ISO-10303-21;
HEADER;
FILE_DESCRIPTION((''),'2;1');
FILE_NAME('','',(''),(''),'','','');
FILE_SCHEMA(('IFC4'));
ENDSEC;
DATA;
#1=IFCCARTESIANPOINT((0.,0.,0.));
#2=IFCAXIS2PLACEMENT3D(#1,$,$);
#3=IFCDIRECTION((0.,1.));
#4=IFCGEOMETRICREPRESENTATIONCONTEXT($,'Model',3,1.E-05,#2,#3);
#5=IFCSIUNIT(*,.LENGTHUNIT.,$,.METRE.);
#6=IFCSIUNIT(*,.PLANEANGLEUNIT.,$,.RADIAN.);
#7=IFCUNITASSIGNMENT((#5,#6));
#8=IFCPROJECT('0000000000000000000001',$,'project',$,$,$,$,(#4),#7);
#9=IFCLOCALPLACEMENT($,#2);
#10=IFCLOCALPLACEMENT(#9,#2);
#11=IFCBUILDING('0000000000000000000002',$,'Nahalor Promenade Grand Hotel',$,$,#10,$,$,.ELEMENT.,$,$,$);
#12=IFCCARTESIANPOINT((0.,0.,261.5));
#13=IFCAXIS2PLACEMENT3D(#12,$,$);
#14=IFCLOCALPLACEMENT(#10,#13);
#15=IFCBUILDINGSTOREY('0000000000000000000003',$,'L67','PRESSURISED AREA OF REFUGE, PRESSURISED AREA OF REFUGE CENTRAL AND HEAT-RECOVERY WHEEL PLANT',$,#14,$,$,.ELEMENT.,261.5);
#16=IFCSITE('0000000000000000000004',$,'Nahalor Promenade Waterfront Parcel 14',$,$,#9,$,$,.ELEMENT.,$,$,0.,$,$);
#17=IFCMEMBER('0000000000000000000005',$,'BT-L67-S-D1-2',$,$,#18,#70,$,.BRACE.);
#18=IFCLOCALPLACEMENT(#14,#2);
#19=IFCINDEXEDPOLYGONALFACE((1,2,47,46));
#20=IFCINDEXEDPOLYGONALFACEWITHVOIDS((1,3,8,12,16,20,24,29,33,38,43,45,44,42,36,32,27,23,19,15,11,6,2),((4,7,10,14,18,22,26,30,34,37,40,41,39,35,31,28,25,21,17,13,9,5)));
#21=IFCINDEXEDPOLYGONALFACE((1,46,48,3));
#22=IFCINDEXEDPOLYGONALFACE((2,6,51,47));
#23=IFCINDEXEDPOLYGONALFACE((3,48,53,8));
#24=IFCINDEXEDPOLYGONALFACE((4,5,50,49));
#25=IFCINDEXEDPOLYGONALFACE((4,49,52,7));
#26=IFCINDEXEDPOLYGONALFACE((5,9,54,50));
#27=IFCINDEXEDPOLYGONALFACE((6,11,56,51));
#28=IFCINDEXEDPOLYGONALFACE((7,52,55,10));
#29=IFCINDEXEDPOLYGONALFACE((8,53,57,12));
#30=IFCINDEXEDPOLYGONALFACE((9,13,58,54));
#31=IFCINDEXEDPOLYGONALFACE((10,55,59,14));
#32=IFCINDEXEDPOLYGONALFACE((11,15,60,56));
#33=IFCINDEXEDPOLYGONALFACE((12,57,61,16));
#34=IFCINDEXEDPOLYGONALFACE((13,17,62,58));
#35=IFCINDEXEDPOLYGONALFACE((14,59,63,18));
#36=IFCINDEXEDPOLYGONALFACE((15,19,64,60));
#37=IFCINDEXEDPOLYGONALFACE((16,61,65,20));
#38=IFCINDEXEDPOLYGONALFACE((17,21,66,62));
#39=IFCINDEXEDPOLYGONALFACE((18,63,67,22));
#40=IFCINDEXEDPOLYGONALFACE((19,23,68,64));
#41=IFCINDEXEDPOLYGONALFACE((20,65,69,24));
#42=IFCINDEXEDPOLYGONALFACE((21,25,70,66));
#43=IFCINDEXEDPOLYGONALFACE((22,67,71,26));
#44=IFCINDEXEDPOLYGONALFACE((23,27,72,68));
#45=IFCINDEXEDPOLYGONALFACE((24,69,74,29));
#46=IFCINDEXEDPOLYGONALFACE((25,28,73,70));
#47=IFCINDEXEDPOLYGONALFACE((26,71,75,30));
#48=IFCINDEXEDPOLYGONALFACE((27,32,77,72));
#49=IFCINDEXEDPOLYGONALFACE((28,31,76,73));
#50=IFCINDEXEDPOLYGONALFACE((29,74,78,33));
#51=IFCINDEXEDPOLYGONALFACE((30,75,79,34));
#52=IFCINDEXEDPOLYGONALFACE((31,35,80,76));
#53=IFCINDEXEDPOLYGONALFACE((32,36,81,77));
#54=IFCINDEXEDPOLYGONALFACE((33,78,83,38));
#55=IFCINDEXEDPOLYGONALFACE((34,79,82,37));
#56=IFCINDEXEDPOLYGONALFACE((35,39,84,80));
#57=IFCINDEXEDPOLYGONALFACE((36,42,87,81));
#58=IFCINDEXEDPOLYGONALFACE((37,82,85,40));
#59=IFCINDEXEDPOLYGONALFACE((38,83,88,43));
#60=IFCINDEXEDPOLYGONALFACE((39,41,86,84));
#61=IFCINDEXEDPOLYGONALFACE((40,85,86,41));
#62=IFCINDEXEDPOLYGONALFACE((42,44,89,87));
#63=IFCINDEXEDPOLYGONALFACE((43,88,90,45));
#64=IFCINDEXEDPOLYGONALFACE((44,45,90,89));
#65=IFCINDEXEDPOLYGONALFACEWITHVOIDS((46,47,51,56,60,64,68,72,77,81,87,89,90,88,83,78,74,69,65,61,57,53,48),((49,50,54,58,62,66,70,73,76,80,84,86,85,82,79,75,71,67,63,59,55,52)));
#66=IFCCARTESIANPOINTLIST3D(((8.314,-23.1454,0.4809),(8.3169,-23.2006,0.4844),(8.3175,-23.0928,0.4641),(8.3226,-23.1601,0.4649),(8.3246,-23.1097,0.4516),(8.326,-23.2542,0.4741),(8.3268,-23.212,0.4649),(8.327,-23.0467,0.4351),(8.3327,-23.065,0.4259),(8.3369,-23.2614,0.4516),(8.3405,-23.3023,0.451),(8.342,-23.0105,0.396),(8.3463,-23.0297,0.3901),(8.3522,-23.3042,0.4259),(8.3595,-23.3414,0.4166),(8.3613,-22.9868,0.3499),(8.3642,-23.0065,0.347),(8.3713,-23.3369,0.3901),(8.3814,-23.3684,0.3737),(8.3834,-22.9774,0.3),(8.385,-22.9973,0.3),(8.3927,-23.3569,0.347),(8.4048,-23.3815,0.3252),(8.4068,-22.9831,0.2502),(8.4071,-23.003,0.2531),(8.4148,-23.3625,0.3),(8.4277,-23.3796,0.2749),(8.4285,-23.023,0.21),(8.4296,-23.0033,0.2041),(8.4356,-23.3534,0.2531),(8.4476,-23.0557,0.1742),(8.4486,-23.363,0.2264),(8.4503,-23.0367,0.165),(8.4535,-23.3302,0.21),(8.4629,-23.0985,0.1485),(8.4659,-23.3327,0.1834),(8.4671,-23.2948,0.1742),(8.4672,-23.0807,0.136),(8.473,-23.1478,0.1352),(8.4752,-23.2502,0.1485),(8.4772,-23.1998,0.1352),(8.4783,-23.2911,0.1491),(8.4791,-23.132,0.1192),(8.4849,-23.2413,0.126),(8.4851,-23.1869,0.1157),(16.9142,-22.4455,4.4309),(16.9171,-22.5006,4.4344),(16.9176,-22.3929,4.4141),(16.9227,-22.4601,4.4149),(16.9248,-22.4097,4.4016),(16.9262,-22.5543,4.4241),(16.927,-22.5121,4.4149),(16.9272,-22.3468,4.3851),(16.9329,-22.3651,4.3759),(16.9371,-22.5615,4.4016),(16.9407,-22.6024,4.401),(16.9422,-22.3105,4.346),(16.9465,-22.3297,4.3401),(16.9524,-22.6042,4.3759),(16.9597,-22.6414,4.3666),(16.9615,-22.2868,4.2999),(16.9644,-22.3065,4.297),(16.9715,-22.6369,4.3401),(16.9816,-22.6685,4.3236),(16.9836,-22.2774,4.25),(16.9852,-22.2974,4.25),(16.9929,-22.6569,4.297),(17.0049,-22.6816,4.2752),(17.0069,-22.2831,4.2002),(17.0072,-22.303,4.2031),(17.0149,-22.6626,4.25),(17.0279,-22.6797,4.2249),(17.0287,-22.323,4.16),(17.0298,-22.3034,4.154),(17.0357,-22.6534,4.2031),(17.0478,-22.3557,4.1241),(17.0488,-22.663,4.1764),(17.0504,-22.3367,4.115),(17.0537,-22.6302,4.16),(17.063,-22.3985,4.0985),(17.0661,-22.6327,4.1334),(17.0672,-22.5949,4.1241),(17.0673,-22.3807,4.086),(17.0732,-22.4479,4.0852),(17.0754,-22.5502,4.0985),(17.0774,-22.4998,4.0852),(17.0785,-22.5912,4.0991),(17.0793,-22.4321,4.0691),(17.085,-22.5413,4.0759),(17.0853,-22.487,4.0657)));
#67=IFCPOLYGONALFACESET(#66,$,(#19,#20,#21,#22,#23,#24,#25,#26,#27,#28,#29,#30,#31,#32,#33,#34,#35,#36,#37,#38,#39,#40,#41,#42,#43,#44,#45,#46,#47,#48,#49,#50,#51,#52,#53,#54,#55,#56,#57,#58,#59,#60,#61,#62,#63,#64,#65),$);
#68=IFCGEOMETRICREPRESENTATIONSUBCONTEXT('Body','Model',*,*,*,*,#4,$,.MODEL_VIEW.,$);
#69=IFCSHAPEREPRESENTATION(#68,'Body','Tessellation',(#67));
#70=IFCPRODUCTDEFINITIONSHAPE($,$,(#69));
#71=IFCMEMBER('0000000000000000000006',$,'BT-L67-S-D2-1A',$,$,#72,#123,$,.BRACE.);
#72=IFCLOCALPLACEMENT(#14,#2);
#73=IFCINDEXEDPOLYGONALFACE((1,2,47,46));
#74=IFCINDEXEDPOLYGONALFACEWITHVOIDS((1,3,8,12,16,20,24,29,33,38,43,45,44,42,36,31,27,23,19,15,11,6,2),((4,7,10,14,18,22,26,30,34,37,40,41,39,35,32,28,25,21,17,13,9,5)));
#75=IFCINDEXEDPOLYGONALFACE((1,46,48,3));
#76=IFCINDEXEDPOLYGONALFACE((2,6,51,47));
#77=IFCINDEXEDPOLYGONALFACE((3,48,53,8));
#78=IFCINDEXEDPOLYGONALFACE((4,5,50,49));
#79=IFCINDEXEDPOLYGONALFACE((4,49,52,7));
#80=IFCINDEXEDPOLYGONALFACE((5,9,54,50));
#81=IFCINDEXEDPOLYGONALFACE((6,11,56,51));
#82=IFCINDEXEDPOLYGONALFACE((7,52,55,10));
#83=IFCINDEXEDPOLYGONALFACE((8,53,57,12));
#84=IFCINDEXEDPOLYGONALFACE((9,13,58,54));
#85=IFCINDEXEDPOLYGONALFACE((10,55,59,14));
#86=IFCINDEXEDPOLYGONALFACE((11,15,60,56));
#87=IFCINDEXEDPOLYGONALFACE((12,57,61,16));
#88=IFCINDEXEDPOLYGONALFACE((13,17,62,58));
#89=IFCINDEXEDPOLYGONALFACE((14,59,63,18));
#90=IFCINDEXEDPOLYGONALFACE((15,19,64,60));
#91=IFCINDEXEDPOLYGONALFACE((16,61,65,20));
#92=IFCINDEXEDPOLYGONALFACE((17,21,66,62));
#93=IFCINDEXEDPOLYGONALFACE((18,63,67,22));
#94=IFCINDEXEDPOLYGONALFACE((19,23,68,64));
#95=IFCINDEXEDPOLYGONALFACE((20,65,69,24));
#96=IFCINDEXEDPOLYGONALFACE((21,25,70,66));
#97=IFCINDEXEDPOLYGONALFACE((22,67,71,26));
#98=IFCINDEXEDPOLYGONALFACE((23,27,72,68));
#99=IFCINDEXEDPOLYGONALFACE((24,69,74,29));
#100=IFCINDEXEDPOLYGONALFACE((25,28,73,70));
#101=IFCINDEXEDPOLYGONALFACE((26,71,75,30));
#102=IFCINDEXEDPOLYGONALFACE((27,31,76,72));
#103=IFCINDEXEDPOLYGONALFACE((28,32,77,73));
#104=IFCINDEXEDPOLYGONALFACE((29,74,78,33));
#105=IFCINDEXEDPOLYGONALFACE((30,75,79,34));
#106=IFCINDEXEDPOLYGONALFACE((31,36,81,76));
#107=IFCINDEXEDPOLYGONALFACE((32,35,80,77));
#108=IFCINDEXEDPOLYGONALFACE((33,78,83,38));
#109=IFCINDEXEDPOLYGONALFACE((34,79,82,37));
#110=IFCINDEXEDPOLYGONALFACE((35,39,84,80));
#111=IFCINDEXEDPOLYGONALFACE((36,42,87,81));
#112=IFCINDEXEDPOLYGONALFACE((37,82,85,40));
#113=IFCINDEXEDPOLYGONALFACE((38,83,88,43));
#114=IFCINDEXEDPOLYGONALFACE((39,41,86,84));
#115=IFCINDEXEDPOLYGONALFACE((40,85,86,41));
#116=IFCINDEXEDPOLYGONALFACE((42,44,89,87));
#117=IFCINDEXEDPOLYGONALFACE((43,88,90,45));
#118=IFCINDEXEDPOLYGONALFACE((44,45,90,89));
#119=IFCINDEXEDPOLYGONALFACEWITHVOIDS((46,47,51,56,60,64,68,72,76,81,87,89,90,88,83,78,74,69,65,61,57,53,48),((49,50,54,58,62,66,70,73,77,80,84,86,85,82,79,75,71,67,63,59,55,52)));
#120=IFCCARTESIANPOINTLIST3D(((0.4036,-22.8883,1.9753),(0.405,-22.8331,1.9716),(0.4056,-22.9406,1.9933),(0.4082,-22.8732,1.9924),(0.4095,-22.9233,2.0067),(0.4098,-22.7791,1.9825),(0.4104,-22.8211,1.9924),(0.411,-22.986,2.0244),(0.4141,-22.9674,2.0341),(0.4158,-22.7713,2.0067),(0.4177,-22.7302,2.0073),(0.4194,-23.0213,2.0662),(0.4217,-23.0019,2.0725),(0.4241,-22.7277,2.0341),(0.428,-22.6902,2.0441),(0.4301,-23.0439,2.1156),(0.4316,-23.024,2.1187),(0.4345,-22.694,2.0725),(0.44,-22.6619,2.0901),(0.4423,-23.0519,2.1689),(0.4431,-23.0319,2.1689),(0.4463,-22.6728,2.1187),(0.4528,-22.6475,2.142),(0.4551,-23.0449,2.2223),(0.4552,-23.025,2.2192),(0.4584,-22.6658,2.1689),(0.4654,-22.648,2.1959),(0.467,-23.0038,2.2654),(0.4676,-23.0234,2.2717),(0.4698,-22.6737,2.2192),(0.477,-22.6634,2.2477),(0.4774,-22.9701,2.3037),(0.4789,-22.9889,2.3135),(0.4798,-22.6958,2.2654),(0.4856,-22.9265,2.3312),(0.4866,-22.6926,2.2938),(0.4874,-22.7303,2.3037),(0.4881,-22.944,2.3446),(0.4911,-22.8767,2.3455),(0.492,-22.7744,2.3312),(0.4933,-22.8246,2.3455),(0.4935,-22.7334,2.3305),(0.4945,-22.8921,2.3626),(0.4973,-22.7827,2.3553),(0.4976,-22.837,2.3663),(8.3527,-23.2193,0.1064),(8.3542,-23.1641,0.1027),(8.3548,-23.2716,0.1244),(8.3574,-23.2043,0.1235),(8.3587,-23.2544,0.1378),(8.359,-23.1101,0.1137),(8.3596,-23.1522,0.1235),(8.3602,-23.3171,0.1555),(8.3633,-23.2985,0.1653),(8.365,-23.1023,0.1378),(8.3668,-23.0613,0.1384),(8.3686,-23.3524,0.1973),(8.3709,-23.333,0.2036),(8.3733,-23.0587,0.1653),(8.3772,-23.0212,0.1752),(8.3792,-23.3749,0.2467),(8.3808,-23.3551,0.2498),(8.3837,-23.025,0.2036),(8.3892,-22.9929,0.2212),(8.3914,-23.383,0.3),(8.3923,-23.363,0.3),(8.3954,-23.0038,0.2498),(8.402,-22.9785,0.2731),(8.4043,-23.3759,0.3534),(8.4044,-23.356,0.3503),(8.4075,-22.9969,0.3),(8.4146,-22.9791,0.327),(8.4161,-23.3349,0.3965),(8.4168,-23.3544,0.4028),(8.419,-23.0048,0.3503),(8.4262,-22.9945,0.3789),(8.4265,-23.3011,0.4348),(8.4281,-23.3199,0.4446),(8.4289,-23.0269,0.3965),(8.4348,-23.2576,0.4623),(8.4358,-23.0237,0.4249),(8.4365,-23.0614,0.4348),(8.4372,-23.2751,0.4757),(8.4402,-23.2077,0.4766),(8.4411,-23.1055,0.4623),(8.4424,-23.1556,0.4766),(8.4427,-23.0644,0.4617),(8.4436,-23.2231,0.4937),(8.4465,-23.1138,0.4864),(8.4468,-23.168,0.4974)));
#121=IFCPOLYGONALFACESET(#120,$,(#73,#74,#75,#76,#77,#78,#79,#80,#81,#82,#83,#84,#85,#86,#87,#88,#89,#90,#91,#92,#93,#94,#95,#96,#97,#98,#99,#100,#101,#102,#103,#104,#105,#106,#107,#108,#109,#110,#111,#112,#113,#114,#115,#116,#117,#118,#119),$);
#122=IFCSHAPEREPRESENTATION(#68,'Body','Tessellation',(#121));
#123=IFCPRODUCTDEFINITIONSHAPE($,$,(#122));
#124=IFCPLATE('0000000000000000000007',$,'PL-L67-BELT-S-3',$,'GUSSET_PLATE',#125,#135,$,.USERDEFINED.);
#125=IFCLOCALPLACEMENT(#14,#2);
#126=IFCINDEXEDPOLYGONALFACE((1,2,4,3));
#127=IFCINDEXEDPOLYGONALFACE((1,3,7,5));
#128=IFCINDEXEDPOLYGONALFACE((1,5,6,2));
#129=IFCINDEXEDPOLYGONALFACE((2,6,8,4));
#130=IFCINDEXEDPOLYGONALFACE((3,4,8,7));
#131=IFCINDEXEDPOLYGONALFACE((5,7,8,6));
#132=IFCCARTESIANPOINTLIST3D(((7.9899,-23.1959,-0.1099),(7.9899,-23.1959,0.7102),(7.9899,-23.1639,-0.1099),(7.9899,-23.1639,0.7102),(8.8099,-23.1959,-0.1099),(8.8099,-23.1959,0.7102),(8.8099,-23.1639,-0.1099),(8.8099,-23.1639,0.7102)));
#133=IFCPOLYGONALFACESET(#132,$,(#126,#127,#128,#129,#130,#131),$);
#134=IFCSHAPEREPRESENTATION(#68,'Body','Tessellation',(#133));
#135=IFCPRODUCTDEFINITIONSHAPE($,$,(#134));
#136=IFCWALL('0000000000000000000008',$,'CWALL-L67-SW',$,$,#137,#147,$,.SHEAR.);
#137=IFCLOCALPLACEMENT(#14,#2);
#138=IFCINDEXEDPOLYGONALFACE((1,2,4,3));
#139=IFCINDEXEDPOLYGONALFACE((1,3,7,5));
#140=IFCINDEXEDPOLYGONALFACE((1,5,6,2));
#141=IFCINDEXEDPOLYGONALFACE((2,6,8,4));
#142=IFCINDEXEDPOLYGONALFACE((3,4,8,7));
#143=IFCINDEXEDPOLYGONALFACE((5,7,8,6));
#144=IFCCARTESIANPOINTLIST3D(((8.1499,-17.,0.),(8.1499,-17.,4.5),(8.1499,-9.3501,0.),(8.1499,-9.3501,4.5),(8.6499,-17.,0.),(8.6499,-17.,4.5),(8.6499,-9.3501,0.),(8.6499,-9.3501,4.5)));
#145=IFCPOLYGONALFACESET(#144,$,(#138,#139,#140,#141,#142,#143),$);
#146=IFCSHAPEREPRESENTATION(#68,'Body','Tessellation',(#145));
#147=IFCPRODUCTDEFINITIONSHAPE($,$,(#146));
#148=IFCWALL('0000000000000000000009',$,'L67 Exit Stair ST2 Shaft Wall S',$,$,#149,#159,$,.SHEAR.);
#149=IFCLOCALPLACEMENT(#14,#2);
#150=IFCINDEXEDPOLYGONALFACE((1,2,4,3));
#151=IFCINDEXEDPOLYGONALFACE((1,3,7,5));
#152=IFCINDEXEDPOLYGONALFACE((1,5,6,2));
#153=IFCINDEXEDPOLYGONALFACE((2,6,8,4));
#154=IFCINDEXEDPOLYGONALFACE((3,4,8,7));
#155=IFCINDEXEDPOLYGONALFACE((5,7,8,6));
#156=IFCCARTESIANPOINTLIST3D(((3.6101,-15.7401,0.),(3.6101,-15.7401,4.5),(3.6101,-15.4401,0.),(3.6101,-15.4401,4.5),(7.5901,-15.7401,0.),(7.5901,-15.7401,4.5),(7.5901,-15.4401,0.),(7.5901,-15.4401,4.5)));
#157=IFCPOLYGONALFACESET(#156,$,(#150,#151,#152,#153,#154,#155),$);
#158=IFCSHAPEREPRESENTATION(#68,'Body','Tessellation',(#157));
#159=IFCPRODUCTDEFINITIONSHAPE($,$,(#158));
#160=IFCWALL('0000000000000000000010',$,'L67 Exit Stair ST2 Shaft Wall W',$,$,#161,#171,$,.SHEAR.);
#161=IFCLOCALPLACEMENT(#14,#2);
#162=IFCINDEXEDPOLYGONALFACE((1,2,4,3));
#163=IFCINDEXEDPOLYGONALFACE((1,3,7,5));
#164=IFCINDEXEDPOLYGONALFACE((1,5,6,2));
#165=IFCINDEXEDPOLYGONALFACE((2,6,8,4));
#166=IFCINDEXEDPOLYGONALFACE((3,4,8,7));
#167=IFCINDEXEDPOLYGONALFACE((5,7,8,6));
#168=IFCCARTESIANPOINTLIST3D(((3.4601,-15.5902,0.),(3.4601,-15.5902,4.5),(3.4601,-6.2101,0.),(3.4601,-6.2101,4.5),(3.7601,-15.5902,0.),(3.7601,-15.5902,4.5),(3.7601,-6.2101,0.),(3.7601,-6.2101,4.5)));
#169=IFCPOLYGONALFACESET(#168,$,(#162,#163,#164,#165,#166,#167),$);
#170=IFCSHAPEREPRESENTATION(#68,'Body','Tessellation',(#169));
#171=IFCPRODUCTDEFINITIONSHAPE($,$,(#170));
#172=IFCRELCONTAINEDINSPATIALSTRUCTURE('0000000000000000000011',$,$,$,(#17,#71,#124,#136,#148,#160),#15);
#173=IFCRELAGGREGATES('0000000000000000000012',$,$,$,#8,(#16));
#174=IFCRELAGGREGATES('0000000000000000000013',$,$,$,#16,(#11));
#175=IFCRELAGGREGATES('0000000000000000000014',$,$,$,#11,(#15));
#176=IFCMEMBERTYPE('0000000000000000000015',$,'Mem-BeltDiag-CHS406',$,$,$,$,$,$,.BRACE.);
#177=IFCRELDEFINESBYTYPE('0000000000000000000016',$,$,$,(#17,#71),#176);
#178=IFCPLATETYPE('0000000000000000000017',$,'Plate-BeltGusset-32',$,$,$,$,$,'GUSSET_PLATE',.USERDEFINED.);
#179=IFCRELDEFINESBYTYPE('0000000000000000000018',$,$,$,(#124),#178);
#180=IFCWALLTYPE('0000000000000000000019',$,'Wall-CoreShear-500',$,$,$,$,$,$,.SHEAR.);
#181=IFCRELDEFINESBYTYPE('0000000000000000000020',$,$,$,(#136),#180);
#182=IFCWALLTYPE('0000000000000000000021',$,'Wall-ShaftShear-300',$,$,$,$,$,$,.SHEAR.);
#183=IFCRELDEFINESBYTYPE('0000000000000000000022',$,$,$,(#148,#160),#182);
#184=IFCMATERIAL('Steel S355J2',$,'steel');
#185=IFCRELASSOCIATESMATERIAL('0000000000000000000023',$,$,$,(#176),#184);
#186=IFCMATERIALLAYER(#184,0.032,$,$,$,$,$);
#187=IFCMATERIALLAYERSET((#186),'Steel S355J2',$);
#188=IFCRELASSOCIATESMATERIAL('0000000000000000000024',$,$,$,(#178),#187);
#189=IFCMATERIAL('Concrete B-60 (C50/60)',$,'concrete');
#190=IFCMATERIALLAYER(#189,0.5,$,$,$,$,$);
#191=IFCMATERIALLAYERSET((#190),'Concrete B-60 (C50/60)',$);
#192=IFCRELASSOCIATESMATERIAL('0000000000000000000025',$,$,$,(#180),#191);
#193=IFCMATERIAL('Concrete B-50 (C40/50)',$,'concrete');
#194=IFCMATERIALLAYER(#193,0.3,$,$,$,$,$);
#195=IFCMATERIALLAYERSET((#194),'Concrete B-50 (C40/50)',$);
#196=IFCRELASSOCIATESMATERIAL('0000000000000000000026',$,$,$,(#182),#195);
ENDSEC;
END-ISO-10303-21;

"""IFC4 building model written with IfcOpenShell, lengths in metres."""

from ifc_helpers import new_model, si_unit, direction, frame, frame_2d, origin, origin_2d, place, context, subcontext, project, spatial, rectangle, hollow_circle, extrude, source, transform, mapped, material, layer, layer_set, material_profile, profile_set, type_object, element, save


model = new_model("IFC4")

# Units and contexts
model_context = context("Model", 3, precision=1e-05, world=origin(), true_north=direction((0.0, 1.0)))
body_context = subcontext(model_context, "Body", "Model", "MODEL_VIEW")
ifc_project = project(units=[si_unit("LENGTHUNIT", "METRE"), si_unit("PLANEANGLEUNIT", "RADIAN")], contexts=[model_context])

# Site, building, storey
site_placement = place(None, origin())
site = spatial("IfcSite", under=ifc_project, at=site_placement, Name="Nahalor Promenade Waterfront Parcel 14", CompositionType="ELEMENT", RefElevation=0.0)
building_placement = place(site_placement, origin())
building = spatial("IfcBuilding", under=site, at=building_placement, Name="Nahalor Promenade Grand Hotel", CompositionType="ELEMENT")
storey_placement = place(building_placement, frame((0.0, 0.0, 261.5)))
storey = spatial("IfcBuildingStorey", under=building, at=storey_placement, Name="L67", Description="PRESSURISED AREA OF REFUGE, PRESSURISED AREA OF REFUGE CENTRAL AND HEAT-RECOVERY WHEEL PLANT", CompositionType="ELEMENT", Elevation=261.5)

# Shared definitions
ifc_material_1 = material(Name="Concrete B-60 (C50/60)", Category="concrete")

# Members
ifc_material_2 = material(Name="Steel S355J2", Category="steel")
ifc_material_profile_1 = material_profile(ifc_material_2, hollow_circle(Radius=0.2032, WallThickness=0.02, at=origin_2d()), Name="CHS 406.4x20")
ifc_profile_set_1 = profile_set([ifc_material_profile_1], Name="Steel S355J2")
member_type = type_object("IfcMemberType", Name="Mem-BeltDiag-CHS406", PredefinedType="BRACE", material=ifc_profile_set_1)
shared_shape_1 = source(origin(), body_context, "Body", "SweptSolid", [
    extrude(hollow_circle(Radius=0.2032, WallThickness=0.02, at=origin_2d()), origin(), (0.0, 0.0, 1.0), 9.4897),
])
member_1_placement = place(storey_placement, frame((8.3999, -23.1799, 0.3), z_axis=(0.906259, 0.073759, 0.416237), x_axis=(-0.081121, 0.996704, 0.0)))
element("IfcMember", 1, at=member_1_placement, inside=storey, type_object=member_type, Name="BT-L67-S-D1-2", PredefinedType="BRACE", context=body_context, shape_type="MappedRepresentation", body=[
    mapped(shared_shape_1, transform((0.0, 0.0, 0.0), scale=1.0)),
])
shared_shape_2 = source(origin(), body_context, "Body", "SweptSolid", [
    extrude(hollow_circle(Radius=0.2032, WallThickness=0.02, at=origin_2d()), origin(), (0.0, 0.0, 1.0), 8.1726),
])
member_2_placement = place(storey_placement, frame((8.3999, -23.1799, 0.3), z_axis=(-0.972659, 0.040508, 0.228677), x_axis=(-0.04161, -0.999134, 0.0)))
element("IfcMember", 2, at=member_2_placement, inside=storey, type_object=member_type, Name="BT-L67-S-D2-1A", PredefinedType="BRACE", context=body_context, shape_type="MappedRepresentation", body=[
    mapped(shared_shape_2, transform((0.0, 0.0, 0.0), scale=1.0)),
])

# Plate
ifc_layer_1 = layer(ifc_material_2, 0.032)
ifc_layer_set_1 = layer_set([ifc_layer_1], Name="Steel S355J2")
plate_type = type_object("IfcPlateType", Name="Plate-BeltGusset-32", ElementType="GUSSET_PLATE", PredefinedType="USERDEFINED", material=ifc_layer_set_1)
shared_shape_3 = source(origin(), body_context, "Body", "SweptSolid", [
    extrude(rectangle(XDim=0.8201, YDim=0.032, at=origin_2d()), origin(), (0.0, 0.0, 1.0), 0.8201),
])
plate_placement = place(storey_placement, frame((8.3999, -23.1799, -0.1099), z_axis=(0.0, 0.0, 1.0), x_axis=(1.0, 0.0, 0.0)))
element("IfcPlate", 3, at=plate_placement, inside=storey, type_object=plate_type, Name="PL-L67-BELT-S-3", ObjectType="GUSSET_PLATE", PredefinedType="USERDEFINED", context=body_context, shape_type="MappedRepresentation", body=[
    mapped(shared_shape_3, transform((0.0, 0.0, 0.0), scale=1.0)),
])

# Walls
ifc_layer_2 = layer(ifc_material_1, 0.5)
ifc_layer_set_2 = layer_set([ifc_layer_2], Name="Concrete B-60 (C50/60)")
wall_type_1 = type_object("IfcWallType", Name="Wall-CoreShear-500", PredefinedType="SHEAR", material=ifc_layer_set_2)
shared_shape_4 = source(origin(), body_context, "Body", "SweptSolid", [
    extrude(rectangle(XDim=7.6499, YDim=0.5, at=frame_2d((3.825, 0.0))), origin(), (0.0, 0.0, 1.0), 4.5),
])
wall_1_placement = place(storey_placement, frame((8.3999, -17.0, 0.0), z_axis=(0.0, 0.0, 1.0), x_axis=(0.0, 1.0, 0.0)))
element("IfcWall", 4, at=wall_1_placement, inside=storey, type_object=wall_type_1, Name="CWALL-L67-SW", PredefinedType="SHEAR", context=body_context, shape_type="MappedRepresentation", body=[
    mapped(shared_shape_4, transform((0.0, 0.0, 0.0), scale=1.0)),
])
ifc_material_3 = material(Name="Concrete B-50 (C40/50)", Category="concrete")
ifc_layer_3 = layer(ifc_material_3, 0.3)
ifc_layer_set_3 = layer_set([ifc_layer_3], Name="Concrete B-50 (C40/50)")
wall_type_2 = type_object("IfcWallType", Name="Wall-ShaftShear-300", PredefinedType="SHEAR", material=ifc_layer_set_3)
shared_shape_5 = source(origin(), body_context, "Body", "SweptSolid", [
    extrude(rectangle(XDim=3.98, YDim=0.3, at=frame_2d((1.99, 0.0))), origin(), (0.0, 0.0, 1.0), 4.5),
])
wall_2_placement = place(storey_placement, frame((3.6101, -15.5901, 0.0), z_axis=(0.0, 0.0, 1.0), x_axis=(1.0, 0.0, 0.0)))
element("IfcWall", 5, at=wall_2_placement, inside=storey, type_object=wall_type_2, Name="L67 Exit Stair ST2 Shaft Wall S", PredefinedType="SHEAR", context=body_context, shape_type="MappedRepresentation", body=[
    mapped(shared_shape_5, transform((0.0, 0.0, 0.0), scale=1.0)),
])
shared_shape_6 = source(origin(), body_context, "Body", "SweptSolid", [
    extrude(rectangle(XDim=9.3801, YDim=0.3, at=frame_2d((4.6899, 0.0))), origin(), (0.0, 0.0, 1.0), 4.5),
])
wall_3_placement = place(storey_placement, frame((3.6101, -15.5901, 0.0), z_axis=(0.0, 0.0, 1.0), x_axis=(0.0, 1.0, 0.0)))
element("IfcWall", 6, at=wall_3_placement, inside=storey, type_object=wall_type_2, Name="L67 Exit Stair ST2 Shaft Wall W", PredefinedType="SHEAR", context=body_context, shape_type="MappedRepresentation", body=[
    mapped(shared_shape_6, transform((0.0, 0.0, 0.0), scale=1.0)),
])

save(model, "model.ifc")
